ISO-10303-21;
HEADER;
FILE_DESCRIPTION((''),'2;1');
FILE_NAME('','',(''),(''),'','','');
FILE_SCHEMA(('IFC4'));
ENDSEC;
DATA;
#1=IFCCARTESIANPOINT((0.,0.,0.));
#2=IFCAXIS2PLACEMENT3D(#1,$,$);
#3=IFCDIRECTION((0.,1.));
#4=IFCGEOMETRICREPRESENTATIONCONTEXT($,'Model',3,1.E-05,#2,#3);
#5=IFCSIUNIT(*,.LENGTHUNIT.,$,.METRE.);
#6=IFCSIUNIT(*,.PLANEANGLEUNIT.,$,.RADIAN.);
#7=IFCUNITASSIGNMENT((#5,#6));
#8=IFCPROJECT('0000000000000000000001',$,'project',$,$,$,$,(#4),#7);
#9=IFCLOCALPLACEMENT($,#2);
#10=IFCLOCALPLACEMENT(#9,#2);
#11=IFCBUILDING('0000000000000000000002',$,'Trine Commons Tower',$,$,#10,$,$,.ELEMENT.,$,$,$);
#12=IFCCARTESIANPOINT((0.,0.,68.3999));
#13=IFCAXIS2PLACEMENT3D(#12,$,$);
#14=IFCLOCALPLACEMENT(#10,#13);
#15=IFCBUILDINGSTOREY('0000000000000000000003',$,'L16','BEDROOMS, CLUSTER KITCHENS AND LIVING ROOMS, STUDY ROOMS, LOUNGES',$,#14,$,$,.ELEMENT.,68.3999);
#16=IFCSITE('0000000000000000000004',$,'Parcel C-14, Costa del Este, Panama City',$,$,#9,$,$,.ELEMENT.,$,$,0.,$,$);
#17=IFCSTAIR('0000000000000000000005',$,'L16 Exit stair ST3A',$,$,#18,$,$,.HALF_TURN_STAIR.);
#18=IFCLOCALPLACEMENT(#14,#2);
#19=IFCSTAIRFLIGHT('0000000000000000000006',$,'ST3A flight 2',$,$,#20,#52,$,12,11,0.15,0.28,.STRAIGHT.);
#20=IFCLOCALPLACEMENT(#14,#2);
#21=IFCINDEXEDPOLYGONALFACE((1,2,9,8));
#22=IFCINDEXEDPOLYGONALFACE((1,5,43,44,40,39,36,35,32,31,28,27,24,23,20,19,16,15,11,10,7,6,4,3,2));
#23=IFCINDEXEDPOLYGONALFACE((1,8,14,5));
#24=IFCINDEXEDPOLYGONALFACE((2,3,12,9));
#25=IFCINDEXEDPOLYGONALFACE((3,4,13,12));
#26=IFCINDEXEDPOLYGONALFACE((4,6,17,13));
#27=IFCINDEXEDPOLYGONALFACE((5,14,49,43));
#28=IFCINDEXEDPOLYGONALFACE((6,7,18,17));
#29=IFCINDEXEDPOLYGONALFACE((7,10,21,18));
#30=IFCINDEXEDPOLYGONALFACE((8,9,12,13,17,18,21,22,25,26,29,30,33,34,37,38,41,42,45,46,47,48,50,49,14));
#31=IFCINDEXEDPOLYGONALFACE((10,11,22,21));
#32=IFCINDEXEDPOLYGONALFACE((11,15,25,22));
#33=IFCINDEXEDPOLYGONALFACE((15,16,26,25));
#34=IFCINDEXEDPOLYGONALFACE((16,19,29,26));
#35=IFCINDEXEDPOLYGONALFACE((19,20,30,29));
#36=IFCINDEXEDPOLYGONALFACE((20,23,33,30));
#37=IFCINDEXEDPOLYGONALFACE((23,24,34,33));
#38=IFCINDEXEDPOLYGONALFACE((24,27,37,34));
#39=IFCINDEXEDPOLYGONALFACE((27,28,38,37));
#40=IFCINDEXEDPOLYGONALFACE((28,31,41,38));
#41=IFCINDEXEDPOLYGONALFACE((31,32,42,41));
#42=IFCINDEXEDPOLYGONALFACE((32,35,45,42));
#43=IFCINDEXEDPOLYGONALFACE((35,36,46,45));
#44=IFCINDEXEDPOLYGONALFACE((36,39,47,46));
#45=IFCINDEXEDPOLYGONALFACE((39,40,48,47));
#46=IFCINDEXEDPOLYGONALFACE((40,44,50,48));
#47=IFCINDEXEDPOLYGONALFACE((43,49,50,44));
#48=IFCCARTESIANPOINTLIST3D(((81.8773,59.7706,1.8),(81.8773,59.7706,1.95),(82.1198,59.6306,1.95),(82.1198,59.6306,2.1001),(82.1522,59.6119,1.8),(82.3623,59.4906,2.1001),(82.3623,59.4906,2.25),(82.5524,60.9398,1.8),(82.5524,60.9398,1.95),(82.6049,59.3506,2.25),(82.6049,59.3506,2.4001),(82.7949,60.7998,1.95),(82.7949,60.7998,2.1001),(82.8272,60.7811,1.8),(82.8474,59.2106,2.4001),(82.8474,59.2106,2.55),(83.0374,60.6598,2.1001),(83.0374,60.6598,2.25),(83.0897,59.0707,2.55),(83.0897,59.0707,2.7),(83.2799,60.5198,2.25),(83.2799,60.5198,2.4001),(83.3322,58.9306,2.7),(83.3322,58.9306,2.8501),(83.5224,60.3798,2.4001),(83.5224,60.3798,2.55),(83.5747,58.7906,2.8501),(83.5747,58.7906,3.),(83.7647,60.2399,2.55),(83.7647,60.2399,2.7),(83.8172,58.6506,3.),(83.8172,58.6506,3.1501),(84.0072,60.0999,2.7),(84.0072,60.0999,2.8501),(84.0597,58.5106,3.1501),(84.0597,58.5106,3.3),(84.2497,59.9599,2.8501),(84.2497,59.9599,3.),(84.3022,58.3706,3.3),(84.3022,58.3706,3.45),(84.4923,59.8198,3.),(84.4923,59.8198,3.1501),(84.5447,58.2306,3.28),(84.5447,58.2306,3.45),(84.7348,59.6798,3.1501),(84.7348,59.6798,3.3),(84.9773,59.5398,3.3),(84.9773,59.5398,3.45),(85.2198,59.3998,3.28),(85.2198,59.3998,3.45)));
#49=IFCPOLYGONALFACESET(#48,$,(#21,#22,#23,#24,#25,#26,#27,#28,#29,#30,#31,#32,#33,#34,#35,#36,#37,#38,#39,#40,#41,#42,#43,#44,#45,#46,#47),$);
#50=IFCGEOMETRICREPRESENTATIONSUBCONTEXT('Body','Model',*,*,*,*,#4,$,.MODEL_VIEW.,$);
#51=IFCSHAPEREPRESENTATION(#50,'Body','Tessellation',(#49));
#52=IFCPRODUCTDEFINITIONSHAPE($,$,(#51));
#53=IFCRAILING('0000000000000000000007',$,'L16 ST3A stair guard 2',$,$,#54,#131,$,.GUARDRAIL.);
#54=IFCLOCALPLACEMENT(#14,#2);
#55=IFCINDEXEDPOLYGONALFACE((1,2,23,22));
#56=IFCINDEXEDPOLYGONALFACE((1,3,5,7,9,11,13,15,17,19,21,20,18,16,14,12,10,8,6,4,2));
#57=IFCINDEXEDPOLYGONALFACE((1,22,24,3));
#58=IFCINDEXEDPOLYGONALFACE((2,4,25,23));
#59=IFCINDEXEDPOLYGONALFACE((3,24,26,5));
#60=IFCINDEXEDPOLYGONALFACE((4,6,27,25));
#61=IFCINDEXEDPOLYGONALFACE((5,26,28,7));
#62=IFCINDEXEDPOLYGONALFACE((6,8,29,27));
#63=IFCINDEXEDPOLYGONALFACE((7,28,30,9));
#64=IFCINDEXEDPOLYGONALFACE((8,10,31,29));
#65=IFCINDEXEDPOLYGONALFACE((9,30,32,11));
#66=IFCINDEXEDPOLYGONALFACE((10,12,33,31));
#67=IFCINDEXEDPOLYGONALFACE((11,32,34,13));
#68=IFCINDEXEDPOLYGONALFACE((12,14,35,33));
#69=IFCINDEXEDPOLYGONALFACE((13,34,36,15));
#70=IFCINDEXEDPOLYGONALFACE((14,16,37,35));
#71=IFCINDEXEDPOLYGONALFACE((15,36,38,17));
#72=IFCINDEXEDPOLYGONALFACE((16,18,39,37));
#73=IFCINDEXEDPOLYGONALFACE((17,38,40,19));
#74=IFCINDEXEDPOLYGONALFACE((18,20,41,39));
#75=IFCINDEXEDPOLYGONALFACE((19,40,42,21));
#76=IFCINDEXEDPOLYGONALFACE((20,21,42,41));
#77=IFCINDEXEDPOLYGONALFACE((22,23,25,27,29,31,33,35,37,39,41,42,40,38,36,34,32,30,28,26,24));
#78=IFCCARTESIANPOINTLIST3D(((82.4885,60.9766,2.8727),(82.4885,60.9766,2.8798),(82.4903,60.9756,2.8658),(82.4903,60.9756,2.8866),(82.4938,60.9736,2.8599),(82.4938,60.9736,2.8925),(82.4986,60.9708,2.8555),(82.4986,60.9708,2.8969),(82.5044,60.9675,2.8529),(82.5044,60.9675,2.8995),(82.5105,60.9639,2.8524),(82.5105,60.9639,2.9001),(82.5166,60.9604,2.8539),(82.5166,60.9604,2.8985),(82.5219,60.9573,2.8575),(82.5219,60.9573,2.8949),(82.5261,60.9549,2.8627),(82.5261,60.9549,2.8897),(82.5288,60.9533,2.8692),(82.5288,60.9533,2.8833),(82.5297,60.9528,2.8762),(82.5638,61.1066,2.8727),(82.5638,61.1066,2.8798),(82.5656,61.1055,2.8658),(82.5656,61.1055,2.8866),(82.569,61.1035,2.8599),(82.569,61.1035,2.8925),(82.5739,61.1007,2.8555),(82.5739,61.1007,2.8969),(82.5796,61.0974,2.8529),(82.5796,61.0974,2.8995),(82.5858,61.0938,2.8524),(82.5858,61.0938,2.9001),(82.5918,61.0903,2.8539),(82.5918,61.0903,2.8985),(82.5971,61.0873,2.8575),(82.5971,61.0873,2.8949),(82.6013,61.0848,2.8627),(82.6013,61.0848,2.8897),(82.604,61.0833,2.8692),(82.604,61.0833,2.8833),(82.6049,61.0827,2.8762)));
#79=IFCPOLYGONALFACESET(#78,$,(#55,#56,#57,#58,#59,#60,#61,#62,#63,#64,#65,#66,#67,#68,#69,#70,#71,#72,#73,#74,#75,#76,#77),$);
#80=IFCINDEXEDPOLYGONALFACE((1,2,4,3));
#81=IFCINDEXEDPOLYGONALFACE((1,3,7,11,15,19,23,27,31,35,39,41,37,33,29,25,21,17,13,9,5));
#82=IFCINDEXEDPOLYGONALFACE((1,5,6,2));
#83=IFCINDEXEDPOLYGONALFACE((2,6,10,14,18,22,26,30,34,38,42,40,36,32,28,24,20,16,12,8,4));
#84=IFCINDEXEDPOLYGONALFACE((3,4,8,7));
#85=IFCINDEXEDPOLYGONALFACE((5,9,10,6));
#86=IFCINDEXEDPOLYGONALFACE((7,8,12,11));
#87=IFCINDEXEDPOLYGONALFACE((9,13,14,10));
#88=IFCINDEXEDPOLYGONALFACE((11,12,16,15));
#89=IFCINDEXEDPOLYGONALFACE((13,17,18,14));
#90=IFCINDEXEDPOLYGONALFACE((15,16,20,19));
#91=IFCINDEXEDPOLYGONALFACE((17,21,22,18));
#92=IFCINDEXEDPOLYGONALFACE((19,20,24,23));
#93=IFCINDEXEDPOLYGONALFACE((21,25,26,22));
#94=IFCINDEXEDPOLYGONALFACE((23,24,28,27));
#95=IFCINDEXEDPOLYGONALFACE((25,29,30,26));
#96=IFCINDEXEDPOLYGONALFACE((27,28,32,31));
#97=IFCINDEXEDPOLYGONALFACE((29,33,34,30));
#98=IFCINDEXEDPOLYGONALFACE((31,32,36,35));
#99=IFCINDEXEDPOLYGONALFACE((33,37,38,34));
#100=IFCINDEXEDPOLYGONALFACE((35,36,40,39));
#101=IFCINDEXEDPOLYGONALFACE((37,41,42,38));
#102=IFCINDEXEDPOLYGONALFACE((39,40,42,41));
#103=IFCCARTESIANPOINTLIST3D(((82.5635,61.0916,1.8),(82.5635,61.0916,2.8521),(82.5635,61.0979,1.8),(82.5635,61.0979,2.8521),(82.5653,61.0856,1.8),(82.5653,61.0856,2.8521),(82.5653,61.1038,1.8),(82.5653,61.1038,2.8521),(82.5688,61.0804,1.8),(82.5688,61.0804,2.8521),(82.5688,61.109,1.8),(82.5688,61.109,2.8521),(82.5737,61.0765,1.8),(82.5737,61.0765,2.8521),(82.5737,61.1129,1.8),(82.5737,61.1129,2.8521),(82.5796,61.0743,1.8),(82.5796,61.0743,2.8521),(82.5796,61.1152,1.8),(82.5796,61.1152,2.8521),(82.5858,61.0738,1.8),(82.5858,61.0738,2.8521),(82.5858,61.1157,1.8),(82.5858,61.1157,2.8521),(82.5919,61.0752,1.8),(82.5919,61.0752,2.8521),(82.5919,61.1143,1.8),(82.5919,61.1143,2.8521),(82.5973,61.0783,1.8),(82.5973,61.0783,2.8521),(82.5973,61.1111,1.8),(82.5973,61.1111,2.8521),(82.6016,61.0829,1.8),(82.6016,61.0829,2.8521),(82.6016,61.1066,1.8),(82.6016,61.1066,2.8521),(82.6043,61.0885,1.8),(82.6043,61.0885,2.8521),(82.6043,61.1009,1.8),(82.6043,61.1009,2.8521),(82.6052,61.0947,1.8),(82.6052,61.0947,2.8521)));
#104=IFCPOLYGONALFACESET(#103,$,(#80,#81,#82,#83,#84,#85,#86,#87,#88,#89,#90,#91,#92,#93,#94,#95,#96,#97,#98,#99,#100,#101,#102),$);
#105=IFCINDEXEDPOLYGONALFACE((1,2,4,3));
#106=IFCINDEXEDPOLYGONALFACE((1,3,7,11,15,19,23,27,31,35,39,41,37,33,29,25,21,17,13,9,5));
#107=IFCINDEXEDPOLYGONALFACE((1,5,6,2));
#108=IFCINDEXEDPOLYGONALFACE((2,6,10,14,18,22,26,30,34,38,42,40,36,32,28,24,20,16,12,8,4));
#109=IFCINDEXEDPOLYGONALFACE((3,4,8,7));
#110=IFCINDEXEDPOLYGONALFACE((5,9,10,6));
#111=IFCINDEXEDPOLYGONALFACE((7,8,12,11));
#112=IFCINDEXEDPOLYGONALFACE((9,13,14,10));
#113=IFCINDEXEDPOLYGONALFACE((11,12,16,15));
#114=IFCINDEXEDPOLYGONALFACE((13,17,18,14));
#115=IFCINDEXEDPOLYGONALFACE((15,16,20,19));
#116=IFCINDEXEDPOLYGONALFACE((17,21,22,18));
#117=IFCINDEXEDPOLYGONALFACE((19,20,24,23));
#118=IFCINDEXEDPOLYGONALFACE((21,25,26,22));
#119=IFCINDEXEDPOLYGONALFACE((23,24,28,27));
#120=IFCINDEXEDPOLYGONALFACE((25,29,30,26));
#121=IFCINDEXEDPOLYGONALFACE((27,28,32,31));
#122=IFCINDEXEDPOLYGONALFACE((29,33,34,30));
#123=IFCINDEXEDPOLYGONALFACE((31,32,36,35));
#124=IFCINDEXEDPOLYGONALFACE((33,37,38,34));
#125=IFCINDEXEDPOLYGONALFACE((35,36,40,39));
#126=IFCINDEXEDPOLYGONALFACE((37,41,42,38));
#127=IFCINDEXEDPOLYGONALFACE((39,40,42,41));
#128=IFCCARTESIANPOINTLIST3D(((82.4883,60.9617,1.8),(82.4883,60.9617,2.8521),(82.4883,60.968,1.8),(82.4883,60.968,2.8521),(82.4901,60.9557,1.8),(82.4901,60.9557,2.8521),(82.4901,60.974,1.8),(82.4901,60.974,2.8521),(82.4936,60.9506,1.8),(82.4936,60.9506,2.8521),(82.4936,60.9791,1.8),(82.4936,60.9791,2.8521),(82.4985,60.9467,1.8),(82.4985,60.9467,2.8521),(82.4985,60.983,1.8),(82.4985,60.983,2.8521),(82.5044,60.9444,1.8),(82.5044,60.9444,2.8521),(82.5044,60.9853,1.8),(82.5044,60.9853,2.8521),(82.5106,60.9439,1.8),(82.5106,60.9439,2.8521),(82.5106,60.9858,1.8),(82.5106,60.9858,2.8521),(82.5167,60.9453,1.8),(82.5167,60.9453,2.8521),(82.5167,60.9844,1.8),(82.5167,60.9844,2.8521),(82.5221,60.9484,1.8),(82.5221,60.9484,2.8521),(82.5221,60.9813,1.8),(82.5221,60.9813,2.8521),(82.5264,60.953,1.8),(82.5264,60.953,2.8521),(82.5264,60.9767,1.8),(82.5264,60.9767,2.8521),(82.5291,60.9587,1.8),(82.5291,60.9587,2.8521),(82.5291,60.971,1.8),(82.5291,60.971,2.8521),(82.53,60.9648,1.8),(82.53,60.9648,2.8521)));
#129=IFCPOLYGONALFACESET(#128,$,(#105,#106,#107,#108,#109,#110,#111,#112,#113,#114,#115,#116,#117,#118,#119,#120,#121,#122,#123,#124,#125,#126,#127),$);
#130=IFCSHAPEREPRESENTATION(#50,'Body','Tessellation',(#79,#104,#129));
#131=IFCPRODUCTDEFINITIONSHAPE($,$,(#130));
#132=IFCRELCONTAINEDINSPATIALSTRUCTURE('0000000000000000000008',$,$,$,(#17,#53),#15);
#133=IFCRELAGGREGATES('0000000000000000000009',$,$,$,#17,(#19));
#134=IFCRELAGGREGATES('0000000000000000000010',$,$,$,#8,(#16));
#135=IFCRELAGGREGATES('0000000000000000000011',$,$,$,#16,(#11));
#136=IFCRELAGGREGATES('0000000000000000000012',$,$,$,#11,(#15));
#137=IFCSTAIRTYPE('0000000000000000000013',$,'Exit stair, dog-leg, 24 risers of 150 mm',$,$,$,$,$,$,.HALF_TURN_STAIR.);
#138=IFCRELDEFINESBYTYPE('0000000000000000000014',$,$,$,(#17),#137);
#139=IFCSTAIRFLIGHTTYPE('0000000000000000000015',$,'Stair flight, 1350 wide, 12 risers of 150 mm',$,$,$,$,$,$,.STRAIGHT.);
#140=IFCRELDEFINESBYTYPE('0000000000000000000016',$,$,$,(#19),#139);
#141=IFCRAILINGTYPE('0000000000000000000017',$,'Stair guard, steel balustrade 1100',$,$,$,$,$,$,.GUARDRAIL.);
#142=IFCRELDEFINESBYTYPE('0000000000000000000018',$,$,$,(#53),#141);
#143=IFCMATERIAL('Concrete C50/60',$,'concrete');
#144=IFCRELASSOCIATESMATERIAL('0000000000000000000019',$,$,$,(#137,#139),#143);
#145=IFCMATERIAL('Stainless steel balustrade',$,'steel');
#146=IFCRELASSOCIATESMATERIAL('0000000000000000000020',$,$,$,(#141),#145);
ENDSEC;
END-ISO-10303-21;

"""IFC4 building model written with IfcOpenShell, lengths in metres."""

from ifc_helpers import new_model, si_unit, direction, frame, origin, origin_2d, place, context, subcontext, project, spatial, polyline, circle, outline, extrude, material, type_object, element, aggregate, save


model = new_model("IFC4")

# Units and contexts
model_context = context("Model", 3, precision=1e-05, world=origin(), true_north=direction((0.0, 1.0)))
body_context = subcontext(model_context, "Body", "Model", "MODEL_VIEW")
ifc_project = project(units=[si_unit("LENGTHUNIT", "METRE"), si_unit("PLANEANGLEUNIT", "RADIAN")], contexts=[model_context])

# Site, building, storey
site_placement = place(None, origin())
site = spatial("IfcSite", under=ifc_project, at=site_placement, Name="Parcel C-14, Costa del Este, Panama City", CompositionType="ELEMENT", RefElevation=0.0)
building_placement = place(site_placement, origin())
building = spatial("IfcBuilding", under=site, at=building_placement, Name="Trine Commons Tower", CompositionType="ELEMENT")
storey_placement = place(building_placement, frame((0.0, 0.0, 68.3999)))
storey = spatial("IfcBuildingStorey", under=building, at=storey_placement, Name="L16", Description="BEDROOMS, CLUSTER KITCHENS AND LIVING ROOMS, STUDY ROOMS, LOUNGES", CompositionType="ELEMENT", Elevation=68.3999)

# Stair, stair flight
ifc_material_1 = material(Name="Concrete C50/60", Category="concrete")
stair_type = type_object("IfcStairType", Name="Exit stair, dog-leg, 24 risers of 150 mm", PredefinedType="HALF_TURN_STAIR", material=ifc_material_1)
stair_placement = place(storey_placement, origin())
stair = element("IfcStair", 1, at=stair_placement, inside=storey, type_object=stair_type, Name="L16 Exit stair ST3A", PredefinedType="HALF_TURN_STAIR")
stair_flight_type = type_object("IfcStairFlightType", Name="Stair flight, 1350 wide, 12 risers of 150 mm", PredefinedType="STRAIGHT", material=ifc_material_1)
stair_flight_placement = place(storey_placement, frame((82.2148, 60.3552, 1.8), z_axis=(0.0, 0.0, 1.0), x_axis=(0.866025, -0.5, 0.0)))
stair_flight = element("IfcStairFlight", 2, at=stair_flight_placement, type_object=stair_flight_type, Name="ST3A flight 2", NumberOfRisers=12, NumberOfTreads=11, PredefinedType="STRAIGHT", RiserHeight=0.15, TreadLength=0.28, context=body_context, shape_type="SweptSolid", body=[
    extrude(outline(polyline([(0.0, 0.0), (0.0, 0.1499), (0.28, 0.1499), (0.28, 0.3), (0.5601, 0.3), (0.5601, 0.45), (0.8401, 0.45), (0.8401, 0.6001), (1.1201, 0.6001), (1.1201, 0.75), (1.3999, 0.75), (1.3999, 0.8999), (1.6799, 0.8999), (1.6799, 1.05), (1.96, 1.05), (1.96, 1.2), (2.24, 1.2), (2.24, 1.3501), (2.52, 1.3501), (2.52, 1.5), (2.8, 1.5), (2.8, 1.6499), (3.0801, 1.6499), (3.0801, 1.8), (3.0801, 1.48), (0.3174, 0.0), (0.0, 0.0)])), frame((0.0, 0.675, 0.0), z_axis=(0.0, -1.0, 0.0), x_axis=(1.0, 0.0, 0.0)), (0.0, 0.0, 1.0), 1.3501),
])
aggregate(stair, [stair_flight])

# Railing
ifc_material_2 = material(Name="Stainless steel balustrade", Category="steel")
railing_type_1 = type_object("IfcRailingType", Name="Stair guard, steel balustrade 1100", PredefinedType="GUARDRAIL", material=ifc_material_2)
railing_1_placement = place(storey_placement, frame((82.5842, 61.0947, 1.8)))
element("IfcRailing", 3, at=railing_1_placement, inside=storey, type_object=railing_type_1, Name="L16 ST3A stair guard 2", PredefinedType="GUARDRAIL", context=body_context, shape_type="SweptSolid", body=[
    extrude(circle(Radius=0.0239, at=origin_2d()), frame((0.0, 0.0, 1.0762), z_axis=(-0.501036, -0.865426, 0.0), x_axis=(0.865426, -0.501036, 0.0)), (0.0, 0.0, 1.0), 0.1501),
    extrude(circle(Radius=0.021, at=origin_2d()), origin(), (0.0, 0.0, 1.0), 1.052),
    extrude(circle(Radius=0.021, at=origin_2d()), frame((-0.0752, -0.1299, 0.0)), (0.0, 0.0, 1.0), 1.052),
])

save(model, "model.ifc")
